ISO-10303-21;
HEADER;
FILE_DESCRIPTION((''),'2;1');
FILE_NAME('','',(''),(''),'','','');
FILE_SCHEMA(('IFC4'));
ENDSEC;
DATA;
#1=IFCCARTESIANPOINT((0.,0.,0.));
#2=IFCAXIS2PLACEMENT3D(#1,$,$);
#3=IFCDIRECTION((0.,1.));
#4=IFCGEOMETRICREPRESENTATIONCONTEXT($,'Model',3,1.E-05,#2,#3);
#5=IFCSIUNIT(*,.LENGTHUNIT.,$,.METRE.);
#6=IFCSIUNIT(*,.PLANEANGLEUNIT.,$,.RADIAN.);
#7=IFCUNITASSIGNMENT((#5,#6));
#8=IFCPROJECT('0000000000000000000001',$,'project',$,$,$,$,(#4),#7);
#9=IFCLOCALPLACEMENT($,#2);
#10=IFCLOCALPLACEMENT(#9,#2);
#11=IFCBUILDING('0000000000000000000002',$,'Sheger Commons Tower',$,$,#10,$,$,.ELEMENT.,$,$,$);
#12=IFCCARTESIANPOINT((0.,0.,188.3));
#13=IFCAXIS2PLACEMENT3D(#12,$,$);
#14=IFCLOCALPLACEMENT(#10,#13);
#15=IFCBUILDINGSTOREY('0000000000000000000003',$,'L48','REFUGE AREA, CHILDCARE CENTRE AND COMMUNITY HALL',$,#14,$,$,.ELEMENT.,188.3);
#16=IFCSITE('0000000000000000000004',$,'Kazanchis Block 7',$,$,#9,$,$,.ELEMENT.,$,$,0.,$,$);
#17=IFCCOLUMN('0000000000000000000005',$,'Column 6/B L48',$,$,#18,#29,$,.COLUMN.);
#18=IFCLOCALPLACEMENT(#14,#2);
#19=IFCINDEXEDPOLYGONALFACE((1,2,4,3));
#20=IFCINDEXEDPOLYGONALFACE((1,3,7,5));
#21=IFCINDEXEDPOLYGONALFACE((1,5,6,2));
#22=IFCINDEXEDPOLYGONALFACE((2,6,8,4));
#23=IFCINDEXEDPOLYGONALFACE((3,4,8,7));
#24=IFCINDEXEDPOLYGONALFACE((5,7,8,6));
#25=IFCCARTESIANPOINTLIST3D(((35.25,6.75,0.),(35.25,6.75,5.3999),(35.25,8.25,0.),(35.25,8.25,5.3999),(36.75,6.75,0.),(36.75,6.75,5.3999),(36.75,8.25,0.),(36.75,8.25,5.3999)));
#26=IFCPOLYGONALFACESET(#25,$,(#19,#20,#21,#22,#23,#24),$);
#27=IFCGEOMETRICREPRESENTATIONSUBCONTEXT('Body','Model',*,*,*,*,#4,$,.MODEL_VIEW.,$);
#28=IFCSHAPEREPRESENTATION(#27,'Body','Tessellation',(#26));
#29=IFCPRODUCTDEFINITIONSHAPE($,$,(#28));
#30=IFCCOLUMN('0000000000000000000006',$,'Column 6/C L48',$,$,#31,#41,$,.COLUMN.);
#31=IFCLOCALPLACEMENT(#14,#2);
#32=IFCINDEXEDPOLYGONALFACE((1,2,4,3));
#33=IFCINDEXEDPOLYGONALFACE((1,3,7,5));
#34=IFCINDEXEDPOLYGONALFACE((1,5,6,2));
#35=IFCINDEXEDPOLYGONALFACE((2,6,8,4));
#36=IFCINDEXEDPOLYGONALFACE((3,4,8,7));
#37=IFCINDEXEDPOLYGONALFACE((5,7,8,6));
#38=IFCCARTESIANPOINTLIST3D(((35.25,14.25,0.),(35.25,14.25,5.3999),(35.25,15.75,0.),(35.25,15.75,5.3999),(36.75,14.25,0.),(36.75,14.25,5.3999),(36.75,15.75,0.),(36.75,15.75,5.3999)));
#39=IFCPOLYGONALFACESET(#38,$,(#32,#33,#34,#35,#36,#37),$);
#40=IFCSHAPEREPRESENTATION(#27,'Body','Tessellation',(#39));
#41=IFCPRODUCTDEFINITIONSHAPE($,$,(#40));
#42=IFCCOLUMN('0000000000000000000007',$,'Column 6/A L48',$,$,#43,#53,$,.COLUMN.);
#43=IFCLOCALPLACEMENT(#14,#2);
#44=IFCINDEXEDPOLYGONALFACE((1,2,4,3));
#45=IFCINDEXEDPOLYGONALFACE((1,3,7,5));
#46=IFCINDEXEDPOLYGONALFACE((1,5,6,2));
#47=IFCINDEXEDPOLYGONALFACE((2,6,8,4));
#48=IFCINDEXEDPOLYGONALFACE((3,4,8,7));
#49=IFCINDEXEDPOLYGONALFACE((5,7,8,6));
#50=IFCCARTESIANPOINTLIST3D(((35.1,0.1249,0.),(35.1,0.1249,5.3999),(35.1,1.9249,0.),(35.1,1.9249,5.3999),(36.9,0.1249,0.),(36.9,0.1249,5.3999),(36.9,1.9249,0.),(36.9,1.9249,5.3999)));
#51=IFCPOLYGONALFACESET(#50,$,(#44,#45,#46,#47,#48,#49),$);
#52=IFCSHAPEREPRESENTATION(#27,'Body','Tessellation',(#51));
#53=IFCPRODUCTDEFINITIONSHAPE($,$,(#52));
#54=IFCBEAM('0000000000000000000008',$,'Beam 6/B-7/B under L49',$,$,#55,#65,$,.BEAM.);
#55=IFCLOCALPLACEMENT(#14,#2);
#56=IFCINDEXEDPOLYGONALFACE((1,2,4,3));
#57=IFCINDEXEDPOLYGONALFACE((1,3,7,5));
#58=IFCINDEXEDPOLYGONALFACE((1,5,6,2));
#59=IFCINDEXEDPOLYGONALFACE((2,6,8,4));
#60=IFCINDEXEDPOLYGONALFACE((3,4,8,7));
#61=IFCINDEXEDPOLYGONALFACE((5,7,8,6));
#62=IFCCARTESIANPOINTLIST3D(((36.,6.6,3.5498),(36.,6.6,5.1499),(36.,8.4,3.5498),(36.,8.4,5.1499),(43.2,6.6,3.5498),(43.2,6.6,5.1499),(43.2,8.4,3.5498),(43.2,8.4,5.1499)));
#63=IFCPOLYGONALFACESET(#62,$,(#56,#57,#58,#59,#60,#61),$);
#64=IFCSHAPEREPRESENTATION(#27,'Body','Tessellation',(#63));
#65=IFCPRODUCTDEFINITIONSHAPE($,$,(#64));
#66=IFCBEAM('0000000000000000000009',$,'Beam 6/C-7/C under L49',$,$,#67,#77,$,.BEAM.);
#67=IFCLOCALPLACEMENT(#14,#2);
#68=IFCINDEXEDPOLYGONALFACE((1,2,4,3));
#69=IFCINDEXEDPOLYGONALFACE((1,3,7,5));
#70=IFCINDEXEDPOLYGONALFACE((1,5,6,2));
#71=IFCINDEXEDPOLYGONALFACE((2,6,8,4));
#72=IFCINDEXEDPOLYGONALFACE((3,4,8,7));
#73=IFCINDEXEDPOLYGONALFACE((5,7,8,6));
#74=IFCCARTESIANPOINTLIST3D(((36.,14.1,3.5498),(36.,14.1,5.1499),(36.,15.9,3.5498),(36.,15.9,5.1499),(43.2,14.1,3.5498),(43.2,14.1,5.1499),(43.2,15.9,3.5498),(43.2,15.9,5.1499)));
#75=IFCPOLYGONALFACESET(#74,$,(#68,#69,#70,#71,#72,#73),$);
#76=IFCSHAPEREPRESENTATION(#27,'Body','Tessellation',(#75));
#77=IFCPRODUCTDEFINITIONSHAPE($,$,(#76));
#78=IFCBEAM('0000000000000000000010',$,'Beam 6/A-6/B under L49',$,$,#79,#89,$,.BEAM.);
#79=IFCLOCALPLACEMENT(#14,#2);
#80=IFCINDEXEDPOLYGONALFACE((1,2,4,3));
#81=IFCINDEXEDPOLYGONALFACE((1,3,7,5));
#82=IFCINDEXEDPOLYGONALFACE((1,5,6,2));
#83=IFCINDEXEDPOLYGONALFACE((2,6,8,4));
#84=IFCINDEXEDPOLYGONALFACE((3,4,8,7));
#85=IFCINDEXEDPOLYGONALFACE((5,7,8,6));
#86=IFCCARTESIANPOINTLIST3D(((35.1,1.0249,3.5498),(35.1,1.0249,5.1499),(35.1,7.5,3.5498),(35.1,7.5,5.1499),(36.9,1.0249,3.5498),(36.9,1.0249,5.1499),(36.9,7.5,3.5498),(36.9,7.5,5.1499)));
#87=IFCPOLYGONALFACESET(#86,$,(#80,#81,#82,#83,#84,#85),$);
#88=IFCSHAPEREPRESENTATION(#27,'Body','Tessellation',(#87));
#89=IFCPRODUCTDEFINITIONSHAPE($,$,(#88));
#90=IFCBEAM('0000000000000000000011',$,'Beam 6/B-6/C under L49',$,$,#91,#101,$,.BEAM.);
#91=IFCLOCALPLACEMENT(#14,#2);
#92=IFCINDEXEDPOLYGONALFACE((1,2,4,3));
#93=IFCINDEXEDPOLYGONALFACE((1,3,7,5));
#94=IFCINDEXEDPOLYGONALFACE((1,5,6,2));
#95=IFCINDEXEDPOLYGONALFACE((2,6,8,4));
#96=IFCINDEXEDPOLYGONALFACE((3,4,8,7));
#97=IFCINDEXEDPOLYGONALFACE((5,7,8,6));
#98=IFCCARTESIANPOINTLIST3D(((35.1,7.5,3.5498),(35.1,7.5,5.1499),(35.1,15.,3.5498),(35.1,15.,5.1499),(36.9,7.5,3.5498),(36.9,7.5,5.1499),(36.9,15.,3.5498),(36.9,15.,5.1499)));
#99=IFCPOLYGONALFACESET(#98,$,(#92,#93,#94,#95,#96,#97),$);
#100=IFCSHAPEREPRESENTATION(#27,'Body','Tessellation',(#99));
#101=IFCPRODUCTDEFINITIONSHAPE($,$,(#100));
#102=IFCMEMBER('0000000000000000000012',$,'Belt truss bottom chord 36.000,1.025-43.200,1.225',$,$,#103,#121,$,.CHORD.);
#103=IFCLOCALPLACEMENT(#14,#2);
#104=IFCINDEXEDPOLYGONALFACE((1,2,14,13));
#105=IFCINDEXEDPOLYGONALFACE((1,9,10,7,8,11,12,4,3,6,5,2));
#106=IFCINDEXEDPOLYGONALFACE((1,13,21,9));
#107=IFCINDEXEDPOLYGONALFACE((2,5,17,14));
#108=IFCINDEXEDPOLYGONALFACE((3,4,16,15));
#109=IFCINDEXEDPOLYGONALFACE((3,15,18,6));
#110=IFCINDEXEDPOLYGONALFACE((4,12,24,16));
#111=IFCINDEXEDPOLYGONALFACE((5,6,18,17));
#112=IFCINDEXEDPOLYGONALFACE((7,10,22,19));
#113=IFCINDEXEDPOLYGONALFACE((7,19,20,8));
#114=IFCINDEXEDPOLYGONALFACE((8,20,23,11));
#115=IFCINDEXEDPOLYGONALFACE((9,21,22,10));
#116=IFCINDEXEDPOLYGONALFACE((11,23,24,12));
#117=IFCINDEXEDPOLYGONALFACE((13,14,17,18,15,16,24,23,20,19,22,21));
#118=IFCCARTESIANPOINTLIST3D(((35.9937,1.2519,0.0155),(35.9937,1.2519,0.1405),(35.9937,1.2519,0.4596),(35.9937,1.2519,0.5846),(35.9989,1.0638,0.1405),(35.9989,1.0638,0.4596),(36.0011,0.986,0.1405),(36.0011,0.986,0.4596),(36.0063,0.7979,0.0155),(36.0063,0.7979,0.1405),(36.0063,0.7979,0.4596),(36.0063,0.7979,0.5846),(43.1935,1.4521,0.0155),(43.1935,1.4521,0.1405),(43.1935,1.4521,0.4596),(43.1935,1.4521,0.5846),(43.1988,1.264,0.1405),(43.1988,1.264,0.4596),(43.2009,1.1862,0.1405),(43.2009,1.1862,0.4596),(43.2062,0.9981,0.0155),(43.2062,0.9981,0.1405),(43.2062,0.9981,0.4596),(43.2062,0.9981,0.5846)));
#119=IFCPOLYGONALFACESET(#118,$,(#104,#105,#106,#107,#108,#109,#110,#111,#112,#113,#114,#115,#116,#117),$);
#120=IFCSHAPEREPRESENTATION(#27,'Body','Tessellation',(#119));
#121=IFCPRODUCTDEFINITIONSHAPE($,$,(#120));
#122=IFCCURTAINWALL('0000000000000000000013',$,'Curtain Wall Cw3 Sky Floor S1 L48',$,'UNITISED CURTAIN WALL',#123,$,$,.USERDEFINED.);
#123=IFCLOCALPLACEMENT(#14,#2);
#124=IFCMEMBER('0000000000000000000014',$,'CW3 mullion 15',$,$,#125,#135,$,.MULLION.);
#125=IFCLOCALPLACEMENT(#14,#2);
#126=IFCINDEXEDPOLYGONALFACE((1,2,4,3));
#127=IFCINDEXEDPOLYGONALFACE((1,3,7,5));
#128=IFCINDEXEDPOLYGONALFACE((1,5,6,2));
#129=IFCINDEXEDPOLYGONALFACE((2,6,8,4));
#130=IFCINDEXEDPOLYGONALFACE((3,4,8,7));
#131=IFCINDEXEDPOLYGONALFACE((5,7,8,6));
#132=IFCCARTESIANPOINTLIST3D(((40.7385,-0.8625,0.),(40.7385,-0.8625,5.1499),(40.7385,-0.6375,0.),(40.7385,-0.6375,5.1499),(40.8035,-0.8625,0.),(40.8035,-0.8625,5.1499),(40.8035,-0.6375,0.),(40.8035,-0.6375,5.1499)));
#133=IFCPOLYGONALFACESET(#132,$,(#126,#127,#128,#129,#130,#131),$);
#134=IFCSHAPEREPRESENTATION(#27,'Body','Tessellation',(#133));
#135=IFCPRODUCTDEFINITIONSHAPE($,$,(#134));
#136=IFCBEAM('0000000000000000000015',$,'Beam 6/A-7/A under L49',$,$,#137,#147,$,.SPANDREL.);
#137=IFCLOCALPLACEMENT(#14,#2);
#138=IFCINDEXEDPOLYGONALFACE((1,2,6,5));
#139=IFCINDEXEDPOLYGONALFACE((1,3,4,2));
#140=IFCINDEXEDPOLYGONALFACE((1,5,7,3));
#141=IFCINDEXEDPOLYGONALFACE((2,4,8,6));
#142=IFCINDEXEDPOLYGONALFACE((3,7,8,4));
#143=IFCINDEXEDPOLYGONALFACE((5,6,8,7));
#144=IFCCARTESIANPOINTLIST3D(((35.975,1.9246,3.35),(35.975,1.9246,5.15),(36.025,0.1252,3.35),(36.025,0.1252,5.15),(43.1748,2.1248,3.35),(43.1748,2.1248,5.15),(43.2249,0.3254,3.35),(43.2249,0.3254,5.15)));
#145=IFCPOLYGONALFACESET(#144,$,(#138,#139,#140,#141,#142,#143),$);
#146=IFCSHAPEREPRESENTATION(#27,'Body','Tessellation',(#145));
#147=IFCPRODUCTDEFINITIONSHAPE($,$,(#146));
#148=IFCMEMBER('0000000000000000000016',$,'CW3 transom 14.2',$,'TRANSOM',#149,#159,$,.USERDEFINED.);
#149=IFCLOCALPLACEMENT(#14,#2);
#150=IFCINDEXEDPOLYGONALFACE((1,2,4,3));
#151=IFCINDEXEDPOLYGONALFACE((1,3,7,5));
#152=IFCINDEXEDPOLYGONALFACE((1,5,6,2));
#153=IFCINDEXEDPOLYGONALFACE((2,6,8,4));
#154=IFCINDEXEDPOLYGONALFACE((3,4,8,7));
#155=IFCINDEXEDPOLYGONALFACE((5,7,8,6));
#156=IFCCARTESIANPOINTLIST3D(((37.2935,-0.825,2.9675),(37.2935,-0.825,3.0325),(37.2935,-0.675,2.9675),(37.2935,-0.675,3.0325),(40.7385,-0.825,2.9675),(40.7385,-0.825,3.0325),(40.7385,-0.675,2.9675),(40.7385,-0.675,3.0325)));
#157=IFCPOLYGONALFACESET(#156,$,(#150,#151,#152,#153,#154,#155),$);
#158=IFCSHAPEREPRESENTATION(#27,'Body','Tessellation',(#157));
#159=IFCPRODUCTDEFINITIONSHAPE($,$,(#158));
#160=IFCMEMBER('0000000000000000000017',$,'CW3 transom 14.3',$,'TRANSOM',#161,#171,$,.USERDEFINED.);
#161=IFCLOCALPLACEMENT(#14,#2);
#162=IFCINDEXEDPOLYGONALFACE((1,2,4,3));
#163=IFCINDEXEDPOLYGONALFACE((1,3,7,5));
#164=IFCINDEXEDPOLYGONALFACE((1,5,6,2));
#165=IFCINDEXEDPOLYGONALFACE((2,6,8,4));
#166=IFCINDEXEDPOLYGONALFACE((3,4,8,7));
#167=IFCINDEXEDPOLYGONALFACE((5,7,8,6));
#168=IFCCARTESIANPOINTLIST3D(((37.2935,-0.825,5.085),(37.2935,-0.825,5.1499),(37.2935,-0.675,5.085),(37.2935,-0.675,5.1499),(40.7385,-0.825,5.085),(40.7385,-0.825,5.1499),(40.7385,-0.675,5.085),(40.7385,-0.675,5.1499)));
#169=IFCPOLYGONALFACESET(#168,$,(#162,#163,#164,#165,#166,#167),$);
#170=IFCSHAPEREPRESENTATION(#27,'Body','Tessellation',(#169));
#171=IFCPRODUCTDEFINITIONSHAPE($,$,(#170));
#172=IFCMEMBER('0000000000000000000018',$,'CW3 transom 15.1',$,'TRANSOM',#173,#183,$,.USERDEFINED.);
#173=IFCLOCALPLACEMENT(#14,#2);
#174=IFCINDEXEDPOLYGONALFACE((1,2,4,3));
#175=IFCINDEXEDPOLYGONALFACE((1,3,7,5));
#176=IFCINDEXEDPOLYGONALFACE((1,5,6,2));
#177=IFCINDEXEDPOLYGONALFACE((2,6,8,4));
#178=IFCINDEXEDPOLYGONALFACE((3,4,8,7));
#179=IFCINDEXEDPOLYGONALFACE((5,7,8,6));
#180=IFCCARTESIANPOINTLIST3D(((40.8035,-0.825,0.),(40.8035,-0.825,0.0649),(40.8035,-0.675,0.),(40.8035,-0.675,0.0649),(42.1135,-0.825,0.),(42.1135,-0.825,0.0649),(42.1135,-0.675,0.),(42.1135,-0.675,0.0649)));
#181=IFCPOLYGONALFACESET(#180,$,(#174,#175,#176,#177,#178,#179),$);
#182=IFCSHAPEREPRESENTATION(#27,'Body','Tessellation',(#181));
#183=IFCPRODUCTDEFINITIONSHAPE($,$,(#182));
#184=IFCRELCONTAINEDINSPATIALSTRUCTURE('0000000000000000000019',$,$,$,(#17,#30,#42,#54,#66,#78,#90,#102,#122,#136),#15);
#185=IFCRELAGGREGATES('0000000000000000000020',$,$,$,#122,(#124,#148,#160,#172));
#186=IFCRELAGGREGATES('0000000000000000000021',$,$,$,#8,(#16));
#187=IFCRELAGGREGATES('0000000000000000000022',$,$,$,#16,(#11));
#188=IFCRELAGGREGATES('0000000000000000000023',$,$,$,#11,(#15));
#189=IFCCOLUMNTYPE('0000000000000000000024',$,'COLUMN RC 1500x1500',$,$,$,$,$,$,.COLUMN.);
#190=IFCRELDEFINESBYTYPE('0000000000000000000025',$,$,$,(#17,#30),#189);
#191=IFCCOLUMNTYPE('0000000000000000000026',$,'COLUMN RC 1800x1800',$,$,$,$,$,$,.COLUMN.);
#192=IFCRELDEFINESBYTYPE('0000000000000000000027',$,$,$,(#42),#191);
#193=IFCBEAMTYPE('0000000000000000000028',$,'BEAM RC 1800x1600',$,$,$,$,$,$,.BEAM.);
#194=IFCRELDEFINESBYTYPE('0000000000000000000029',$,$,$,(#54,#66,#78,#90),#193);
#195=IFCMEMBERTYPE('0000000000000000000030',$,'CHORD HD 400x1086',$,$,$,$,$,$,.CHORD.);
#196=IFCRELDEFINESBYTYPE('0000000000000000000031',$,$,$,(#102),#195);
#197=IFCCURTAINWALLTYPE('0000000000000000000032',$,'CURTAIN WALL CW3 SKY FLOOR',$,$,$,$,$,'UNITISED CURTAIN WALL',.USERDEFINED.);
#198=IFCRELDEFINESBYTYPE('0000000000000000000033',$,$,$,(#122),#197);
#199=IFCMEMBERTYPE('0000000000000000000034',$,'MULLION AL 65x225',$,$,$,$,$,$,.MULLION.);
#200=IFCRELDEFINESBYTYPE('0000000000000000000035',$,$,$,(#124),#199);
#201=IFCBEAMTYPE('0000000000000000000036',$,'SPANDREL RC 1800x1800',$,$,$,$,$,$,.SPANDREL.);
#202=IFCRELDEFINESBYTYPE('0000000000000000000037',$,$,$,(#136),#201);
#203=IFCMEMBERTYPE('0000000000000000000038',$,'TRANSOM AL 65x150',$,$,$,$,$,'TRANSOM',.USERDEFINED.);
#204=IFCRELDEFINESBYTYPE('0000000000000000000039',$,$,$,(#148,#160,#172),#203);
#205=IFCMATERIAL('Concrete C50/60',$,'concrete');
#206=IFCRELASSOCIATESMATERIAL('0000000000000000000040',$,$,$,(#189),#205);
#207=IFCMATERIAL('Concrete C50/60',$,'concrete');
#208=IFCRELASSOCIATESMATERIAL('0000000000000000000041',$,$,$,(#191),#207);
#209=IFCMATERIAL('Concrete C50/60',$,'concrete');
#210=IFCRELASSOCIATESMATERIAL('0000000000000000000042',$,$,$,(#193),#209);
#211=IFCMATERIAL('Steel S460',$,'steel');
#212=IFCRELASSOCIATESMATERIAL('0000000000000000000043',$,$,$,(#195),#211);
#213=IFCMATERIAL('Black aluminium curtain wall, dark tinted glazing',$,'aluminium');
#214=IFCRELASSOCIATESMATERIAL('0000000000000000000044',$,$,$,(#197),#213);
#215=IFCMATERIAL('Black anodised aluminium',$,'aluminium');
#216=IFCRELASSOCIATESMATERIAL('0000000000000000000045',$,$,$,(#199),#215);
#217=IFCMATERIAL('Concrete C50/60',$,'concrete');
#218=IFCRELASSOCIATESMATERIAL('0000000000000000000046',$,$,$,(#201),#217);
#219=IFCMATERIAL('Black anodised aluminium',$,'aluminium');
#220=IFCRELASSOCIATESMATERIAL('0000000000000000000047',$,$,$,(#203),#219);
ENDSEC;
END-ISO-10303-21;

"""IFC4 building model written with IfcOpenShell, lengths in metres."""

from ifc_helpers import new_model, si_unit, direction, frame, origin, origin_2d, place, context, subcontext, project, spatial, rectangle, i_section, extrude, material, material_profile, profile_set, type_object, element, aggregate, save


model = new_model("IFC4")

# Units and contexts
model_context = context("Model", 3, precision=1e-05, world=origin(), true_north=direction((0.0, 1.0)))
body_context = subcontext(model_context, "Body", "Model", "MODEL_VIEW")
ifc_project = project(units=[si_unit("LENGTHUNIT", "METRE"), si_unit("PLANEANGLEUNIT", "RADIAN")], contexts=[model_context])

# Site, building, storey
site_placement = place(None, origin())
site = spatial("IfcSite", under=ifc_project, at=site_placement, Name="Kazanchis Block 7", CompositionType="ELEMENT", RefElevation=0.0)
building_placement = place(site_placement, origin())
building = spatial("IfcBuilding", under=site, at=building_placement, Name="Sheger Commons Tower", CompositionType="ELEMENT")
storey_placement = place(building_placement, frame((0.0, 0.0, 188.3)))
storey = spatial("IfcBuildingStorey", under=building, at=storey_placement, Name="L48", Description="REFUGE AREA, CHILDCARE CENTRE AND COMMUNITY HALL", CompositionType="ELEMENT", Elevation=188.3)

# Columns
ifc_material_1 = material(Name="Concrete C50/60", Category="concrete")
ifc_material_profile_1 = material_profile(ifc_material_1, rectangle(XDim=1.5, YDim=1.5, at=origin_2d()), Name="RC 1500x1500")
ifc_profile_set_1 = profile_set([ifc_material_profile_1], Name="Concrete C50/60")
column_type_1 = type_object("IfcColumnType", Name="COLUMN RC 1500x1500", PredefinedType="COLUMN", material=ifc_profile_set_1)
for number, where, z_axis, x_axis, name in (
    (1, (36.0, 7.5, 0.0), (0.0, 0.0, 1.0), (1.0, 0.0, 0.0), "Column 6/B L48"),
    (2, (36.0, 15.0, 0.0), (0.0, 0.0, 1.0), (1.0, 0.0, 0.0), "Column 6/C L48"),
):
    element("IfcColumn", number, at=place(storey_placement, frame(where, z_axis=z_axis, x_axis=x_axis)), inside=storey, type_object=column_type_1, Name=name, PredefinedType="COLUMN", context=body_context, shape_type="SweptSolid", body=[
        extrude(rectangle(XDim=1.5, YDim=1.5, at=origin_2d()), origin(), (0.0, 0.0, 1.0), 5.3999),
    ])
ifc_material_2 = material(Name="Concrete C50/60", Category="concrete")
ifc_material_profile_2 = material_profile(ifc_material_2, rectangle(XDim=1.8, YDim=1.8, at=origin_2d()), Name="RC 1800x1800")
ifc_profile_set_2 = profile_set([ifc_material_profile_2], Name="Concrete C50/60")
column_type_2 = type_object("IfcColumnType", Name="COLUMN RC 1800x1800", PredefinedType="COLUMN", material=ifc_profile_set_2)
column_placement = place(storey_placement, frame((36.0, 1.0249, 0.0), z_axis=(0.0, 0.0, 1.0), x_axis=(1.0, 0.0, 0.0)))
element("IfcColumn", 3, at=column_placement, inside=storey, type_object=column_type_2, Name="Column 6/A L48", PredefinedType="COLUMN", context=body_context, shape_type="SweptSolid", body=[
    extrude(rectangle(XDim=1.8, YDim=1.8, at=origin_2d()), origin(), (0.0, 0.0, 1.0), 5.3999),
])

# Beams
ifc_material_3 = material(Name="Concrete C50/60", Category="concrete")
ifc_material_profile_3 = material_profile(ifc_material_3, rectangle(XDim=1.8, YDim=1.6001, at=origin_2d()), Name="RC 1800x1600")
ifc_profile_set_3 = profile_set([ifc_material_profile_3], Name="Concrete C50/60")
beam_type_1 = type_object("IfcBeamType", Name="BEAM RC 1800x1600", PredefinedType="BEAM", material=ifc_profile_set_3)
for number, where, z_axis, x_axis, name in (
    (4, (36.0, 7.5, 4.3499), (1.0, 0.0, 0.0), (0.0, 1.0, 0.0), "Beam 6/B-7/B under L49"),
    (5, (36.0, 15.0, 4.3499), (1.0, 0.0, 0.0), (0.0, 1.0, 0.0), "Beam 6/C-7/C under L49"),
):
    element("IfcBeam", number, at=place(storey_placement, frame(where, z_axis=z_axis, x_axis=x_axis)), inside=storey, type_object=beam_type_1, Name=name, PredefinedType="BEAM", context=body_context, shape_type="SweptSolid", body=[
        extrude(rectangle(XDim=1.8, YDim=1.6001, at=origin_2d()), origin(), (0.0, 0.0, 1.0), 7.2),
    ])
beam_1_placement = place(storey_placement, frame((36.0, 1.0249, 4.3499), z_axis=(0.0, 1.0, 0.0), x_axis=(-1.0, 0.0, 0.0)))
element("IfcBeam", 6, at=beam_1_placement, inside=storey, type_object=beam_type_1, Name="Beam 6/A-6/B under L49", PredefinedType="BEAM", context=body_context, shape_type="SweptSolid", body=[
    extrude(rectangle(XDim=1.8, YDim=1.6001, at=origin_2d()), origin(), (0.0, 0.0, 1.0), 6.4751),
])
beam_2_placement = place(storey_placement, frame((36.0, 7.5, 4.3499), z_axis=(0.0, 1.0, 0.0), x_axis=(-1.0, 0.0, 0.0)))
element("IfcBeam", 7, at=beam_2_placement, inside=storey, type_object=beam_type_1, Name="Beam 6/B-6/C under L49", PredefinedType="BEAM", context=body_context, shape_type="SweptSolid", body=[
    extrude(rectangle(XDim=1.8, YDim=1.6001, at=origin_2d()), origin(), (0.0, 0.0, 1.0), 7.5),
])

# Member
ifc_material_4 = material(Name="Steel S460", Category="steel")
ifc_material_profile_4 = material_profile(ifc_material_4, i_section(OverallWidth=0.4541, OverallDepth=0.5691, WebThickness=0.0779, FlangeThickness=0.125, at=origin_2d()), Name="HD 400x1086")
ifc_profile_set_4 = profile_set([ifc_material_profile_4], Name="Steel S460")
member_type_1 = type_object("IfcMemberType", Name="CHORD HD 400x1086", PredefinedType="CHORD", material=ifc_profile_set_4)
member_1_placement = place(storey_placement, frame((36.0, 1.0249, 0.3), z_axis=(0.999614, 0.027794, 0.0), x_axis=(-0.027794, 0.999614, 0.0)))
element("IfcMember", 8, at=member_1_placement, inside=storey, type_object=member_type_1, Name="Belt truss bottom chord 36.000,1.025-43.200,1.225", PredefinedType="CHORD", context=body_context, shape_type="SweptSolid", body=[
    extrude(i_section(OverallWidth=0.4541, OverallDepth=0.5691, WebThickness=0.0779, FlangeThickness=0.125, at=origin_2d()), origin(), (0.0, 0.0, 1.0), 7.2026),
])

# Curtain wall, member
ifc_material_5 = material(Name="Black aluminium curtain wall, dark tinted glazing", Category="aluminium")
curtain_wall_type = type_object("IfcCurtainWallType", Name="CURTAIN WALL CW3 SKY FLOOR", ElementType="UNITISED CURTAIN WALL", PredefinedType="USERDEFINED", material=ifc_material_5)
curtain_wall_placement = place(storey_placement, origin())
curtain_wall = element("IfcCurtainWall", 9, at=curtain_wall_placement, inside=storey, type_object=curtain_wall_type, Name="Curtain Wall Cw3 Sky Floor S1 L48", ObjectType="UNITISED CURTAIN WALL", PredefinedType="USERDEFINED")
ifc_material_6 = material(Name="Black anodised aluminium", Category="aluminium")
ifc_material_profile_5 = material_profile(ifc_material_6, rectangle(XDim=0.2251, YDim=0.0649, at=origin_2d()), Name="AL 65x225")
ifc_profile_set_5 = profile_set([ifc_material_profile_5], Name="Black anodised aluminium")
member_type_2 = type_object("IfcMemberType", Name="MULLION AL 65x225", PredefinedType="MULLION", material=ifc_profile_set_5)
member_2_placement = place(storey_placement, frame((40.771, -0.75, 0.0), z_axis=(0.0, 0.0, 1.0), x_axis=(0.0, 1.0, 0.0)))
member_2 = element("IfcMember", 10, at=member_2_placement, type_object=member_type_2, Name="CW3 mullion 15", PredefinedType="MULLION", context=body_context, shape_type="SweptSolid", body=[
    extrude(rectangle(XDim=0.2251, YDim=0.0649, at=origin_2d()), origin(), (0.0, 0.0, 1.0), 5.1499),
])

# Beam
ifc_material_7 = material(Name="Concrete C50/60", Category="concrete")
ifc_material_profile_6 = material_profile(ifc_material_7, rectangle(XDim=1.8, YDim=1.8, at=origin_2d()), Name="RC 1800x1800")
ifc_profile_set_6 = profile_set([ifc_material_profile_6], Name="Concrete C50/60")
beam_type_2 = type_object("IfcBeamType", Name="SPANDREL RC 1800x1800", PredefinedType="SPANDREL", material=ifc_profile_set_6)
beam_3_placement = place(storey_placement, frame((36.0, 1.0249, 4.25), z_axis=(0.999614, 0.027794, 0.0), x_axis=(-0.027794, 0.999614, 0.0)))
element("IfcBeam", 11, at=beam_3_placement, inside=storey, type_object=beam_type_2, Name="Beam 6/A-7/A under L49", PredefinedType="SPANDREL", context=body_context, shape_type="SweptSolid", body=[
    extrude(rectangle(XDim=1.8, YDim=1.8, at=origin_2d()), origin(), (0.0, 0.0, 1.0), 7.2026),
])

# Members
ifc_material_8 = material(Name="Black anodised aluminium", Category="aluminium")
ifc_material_profile_7 = material_profile(ifc_material_8, rectangle(XDim=0.1499, YDim=0.0649, at=origin_2d()), Name="AL 65x150")
ifc_profile_set_7 = profile_set([ifc_material_profile_7], Name="Black anodised aluminium")
member_type_3 = type_object("IfcMemberType", Name="TRANSOM AL 65x150", ElementType="TRANSOM", PredefinedType="USERDEFINED", material=ifc_profile_set_7)
member_3_placement = place(storey_placement, frame((37.2935, -0.75, 3.0), z_axis=(1.0, 0.0, 0.0), x_axis=(0.0, 1.0, 0.0)))
member_3 = element("IfcMember", 12, at=member_3_placement, type_object=member_type_3, Name="CW3 transom 14.2", ObjectType="TRANSOM", PredefinedType="USERDEFINED", context=body_context, shape_type="SweptSolid", body=[
    extrude(rectangle(XDim=0.1499, YDim=0.0649, at=origin_2d()), origin(), (0.0, 0.0, 1.0), 3.4451),
])
member_4_placement = place(storey_placement, frame((37.2935, -0.75, 5.1174), z_axis=(1.0, 0.0, 0.0), x_axis=(0.0, 1.0, 0.0)))
member_4 = element("IfcMember", 13, at=member_4_placement, type_object=member_type_3, Name="CW3 transom 14.3", ObjectType="TRANSOM", PredefinedType="USERDEFINED", context=body_context, shape_type="SweptSolid", body=[
    extrude(rectangle(XDim=0.1499, YDim=0.0649, at=origin_2d()), origin(), (0.0, 0.0, 1.0), 3.4451),
])
member_5_placement = place(storey_placement, frame((40.8035, -0.75, 0.0325), z_axis=(1.0, 0.0, 0.0), x_axis=(0.0, 1.0, 0.0)))
member_5 = element("IfcMember", 14, at=member_5_placement, type_object=member_type_3, Name="CW3 transom 15.1", ObjectType="TRANSOM", PredefinedType="USERDEFINED", context=body_context, shape_type="SweptSolid", body=[
    extrude(rectangle(XDim=0.1499, YDim=0.0649, at=origin_2d()), origin(), (0.0, 0.0, 1.0), 1.3101),
])

aggregate(curtain_wall, [member_2, member_3, member_4, member_5])

save(model, "model.ifc")
